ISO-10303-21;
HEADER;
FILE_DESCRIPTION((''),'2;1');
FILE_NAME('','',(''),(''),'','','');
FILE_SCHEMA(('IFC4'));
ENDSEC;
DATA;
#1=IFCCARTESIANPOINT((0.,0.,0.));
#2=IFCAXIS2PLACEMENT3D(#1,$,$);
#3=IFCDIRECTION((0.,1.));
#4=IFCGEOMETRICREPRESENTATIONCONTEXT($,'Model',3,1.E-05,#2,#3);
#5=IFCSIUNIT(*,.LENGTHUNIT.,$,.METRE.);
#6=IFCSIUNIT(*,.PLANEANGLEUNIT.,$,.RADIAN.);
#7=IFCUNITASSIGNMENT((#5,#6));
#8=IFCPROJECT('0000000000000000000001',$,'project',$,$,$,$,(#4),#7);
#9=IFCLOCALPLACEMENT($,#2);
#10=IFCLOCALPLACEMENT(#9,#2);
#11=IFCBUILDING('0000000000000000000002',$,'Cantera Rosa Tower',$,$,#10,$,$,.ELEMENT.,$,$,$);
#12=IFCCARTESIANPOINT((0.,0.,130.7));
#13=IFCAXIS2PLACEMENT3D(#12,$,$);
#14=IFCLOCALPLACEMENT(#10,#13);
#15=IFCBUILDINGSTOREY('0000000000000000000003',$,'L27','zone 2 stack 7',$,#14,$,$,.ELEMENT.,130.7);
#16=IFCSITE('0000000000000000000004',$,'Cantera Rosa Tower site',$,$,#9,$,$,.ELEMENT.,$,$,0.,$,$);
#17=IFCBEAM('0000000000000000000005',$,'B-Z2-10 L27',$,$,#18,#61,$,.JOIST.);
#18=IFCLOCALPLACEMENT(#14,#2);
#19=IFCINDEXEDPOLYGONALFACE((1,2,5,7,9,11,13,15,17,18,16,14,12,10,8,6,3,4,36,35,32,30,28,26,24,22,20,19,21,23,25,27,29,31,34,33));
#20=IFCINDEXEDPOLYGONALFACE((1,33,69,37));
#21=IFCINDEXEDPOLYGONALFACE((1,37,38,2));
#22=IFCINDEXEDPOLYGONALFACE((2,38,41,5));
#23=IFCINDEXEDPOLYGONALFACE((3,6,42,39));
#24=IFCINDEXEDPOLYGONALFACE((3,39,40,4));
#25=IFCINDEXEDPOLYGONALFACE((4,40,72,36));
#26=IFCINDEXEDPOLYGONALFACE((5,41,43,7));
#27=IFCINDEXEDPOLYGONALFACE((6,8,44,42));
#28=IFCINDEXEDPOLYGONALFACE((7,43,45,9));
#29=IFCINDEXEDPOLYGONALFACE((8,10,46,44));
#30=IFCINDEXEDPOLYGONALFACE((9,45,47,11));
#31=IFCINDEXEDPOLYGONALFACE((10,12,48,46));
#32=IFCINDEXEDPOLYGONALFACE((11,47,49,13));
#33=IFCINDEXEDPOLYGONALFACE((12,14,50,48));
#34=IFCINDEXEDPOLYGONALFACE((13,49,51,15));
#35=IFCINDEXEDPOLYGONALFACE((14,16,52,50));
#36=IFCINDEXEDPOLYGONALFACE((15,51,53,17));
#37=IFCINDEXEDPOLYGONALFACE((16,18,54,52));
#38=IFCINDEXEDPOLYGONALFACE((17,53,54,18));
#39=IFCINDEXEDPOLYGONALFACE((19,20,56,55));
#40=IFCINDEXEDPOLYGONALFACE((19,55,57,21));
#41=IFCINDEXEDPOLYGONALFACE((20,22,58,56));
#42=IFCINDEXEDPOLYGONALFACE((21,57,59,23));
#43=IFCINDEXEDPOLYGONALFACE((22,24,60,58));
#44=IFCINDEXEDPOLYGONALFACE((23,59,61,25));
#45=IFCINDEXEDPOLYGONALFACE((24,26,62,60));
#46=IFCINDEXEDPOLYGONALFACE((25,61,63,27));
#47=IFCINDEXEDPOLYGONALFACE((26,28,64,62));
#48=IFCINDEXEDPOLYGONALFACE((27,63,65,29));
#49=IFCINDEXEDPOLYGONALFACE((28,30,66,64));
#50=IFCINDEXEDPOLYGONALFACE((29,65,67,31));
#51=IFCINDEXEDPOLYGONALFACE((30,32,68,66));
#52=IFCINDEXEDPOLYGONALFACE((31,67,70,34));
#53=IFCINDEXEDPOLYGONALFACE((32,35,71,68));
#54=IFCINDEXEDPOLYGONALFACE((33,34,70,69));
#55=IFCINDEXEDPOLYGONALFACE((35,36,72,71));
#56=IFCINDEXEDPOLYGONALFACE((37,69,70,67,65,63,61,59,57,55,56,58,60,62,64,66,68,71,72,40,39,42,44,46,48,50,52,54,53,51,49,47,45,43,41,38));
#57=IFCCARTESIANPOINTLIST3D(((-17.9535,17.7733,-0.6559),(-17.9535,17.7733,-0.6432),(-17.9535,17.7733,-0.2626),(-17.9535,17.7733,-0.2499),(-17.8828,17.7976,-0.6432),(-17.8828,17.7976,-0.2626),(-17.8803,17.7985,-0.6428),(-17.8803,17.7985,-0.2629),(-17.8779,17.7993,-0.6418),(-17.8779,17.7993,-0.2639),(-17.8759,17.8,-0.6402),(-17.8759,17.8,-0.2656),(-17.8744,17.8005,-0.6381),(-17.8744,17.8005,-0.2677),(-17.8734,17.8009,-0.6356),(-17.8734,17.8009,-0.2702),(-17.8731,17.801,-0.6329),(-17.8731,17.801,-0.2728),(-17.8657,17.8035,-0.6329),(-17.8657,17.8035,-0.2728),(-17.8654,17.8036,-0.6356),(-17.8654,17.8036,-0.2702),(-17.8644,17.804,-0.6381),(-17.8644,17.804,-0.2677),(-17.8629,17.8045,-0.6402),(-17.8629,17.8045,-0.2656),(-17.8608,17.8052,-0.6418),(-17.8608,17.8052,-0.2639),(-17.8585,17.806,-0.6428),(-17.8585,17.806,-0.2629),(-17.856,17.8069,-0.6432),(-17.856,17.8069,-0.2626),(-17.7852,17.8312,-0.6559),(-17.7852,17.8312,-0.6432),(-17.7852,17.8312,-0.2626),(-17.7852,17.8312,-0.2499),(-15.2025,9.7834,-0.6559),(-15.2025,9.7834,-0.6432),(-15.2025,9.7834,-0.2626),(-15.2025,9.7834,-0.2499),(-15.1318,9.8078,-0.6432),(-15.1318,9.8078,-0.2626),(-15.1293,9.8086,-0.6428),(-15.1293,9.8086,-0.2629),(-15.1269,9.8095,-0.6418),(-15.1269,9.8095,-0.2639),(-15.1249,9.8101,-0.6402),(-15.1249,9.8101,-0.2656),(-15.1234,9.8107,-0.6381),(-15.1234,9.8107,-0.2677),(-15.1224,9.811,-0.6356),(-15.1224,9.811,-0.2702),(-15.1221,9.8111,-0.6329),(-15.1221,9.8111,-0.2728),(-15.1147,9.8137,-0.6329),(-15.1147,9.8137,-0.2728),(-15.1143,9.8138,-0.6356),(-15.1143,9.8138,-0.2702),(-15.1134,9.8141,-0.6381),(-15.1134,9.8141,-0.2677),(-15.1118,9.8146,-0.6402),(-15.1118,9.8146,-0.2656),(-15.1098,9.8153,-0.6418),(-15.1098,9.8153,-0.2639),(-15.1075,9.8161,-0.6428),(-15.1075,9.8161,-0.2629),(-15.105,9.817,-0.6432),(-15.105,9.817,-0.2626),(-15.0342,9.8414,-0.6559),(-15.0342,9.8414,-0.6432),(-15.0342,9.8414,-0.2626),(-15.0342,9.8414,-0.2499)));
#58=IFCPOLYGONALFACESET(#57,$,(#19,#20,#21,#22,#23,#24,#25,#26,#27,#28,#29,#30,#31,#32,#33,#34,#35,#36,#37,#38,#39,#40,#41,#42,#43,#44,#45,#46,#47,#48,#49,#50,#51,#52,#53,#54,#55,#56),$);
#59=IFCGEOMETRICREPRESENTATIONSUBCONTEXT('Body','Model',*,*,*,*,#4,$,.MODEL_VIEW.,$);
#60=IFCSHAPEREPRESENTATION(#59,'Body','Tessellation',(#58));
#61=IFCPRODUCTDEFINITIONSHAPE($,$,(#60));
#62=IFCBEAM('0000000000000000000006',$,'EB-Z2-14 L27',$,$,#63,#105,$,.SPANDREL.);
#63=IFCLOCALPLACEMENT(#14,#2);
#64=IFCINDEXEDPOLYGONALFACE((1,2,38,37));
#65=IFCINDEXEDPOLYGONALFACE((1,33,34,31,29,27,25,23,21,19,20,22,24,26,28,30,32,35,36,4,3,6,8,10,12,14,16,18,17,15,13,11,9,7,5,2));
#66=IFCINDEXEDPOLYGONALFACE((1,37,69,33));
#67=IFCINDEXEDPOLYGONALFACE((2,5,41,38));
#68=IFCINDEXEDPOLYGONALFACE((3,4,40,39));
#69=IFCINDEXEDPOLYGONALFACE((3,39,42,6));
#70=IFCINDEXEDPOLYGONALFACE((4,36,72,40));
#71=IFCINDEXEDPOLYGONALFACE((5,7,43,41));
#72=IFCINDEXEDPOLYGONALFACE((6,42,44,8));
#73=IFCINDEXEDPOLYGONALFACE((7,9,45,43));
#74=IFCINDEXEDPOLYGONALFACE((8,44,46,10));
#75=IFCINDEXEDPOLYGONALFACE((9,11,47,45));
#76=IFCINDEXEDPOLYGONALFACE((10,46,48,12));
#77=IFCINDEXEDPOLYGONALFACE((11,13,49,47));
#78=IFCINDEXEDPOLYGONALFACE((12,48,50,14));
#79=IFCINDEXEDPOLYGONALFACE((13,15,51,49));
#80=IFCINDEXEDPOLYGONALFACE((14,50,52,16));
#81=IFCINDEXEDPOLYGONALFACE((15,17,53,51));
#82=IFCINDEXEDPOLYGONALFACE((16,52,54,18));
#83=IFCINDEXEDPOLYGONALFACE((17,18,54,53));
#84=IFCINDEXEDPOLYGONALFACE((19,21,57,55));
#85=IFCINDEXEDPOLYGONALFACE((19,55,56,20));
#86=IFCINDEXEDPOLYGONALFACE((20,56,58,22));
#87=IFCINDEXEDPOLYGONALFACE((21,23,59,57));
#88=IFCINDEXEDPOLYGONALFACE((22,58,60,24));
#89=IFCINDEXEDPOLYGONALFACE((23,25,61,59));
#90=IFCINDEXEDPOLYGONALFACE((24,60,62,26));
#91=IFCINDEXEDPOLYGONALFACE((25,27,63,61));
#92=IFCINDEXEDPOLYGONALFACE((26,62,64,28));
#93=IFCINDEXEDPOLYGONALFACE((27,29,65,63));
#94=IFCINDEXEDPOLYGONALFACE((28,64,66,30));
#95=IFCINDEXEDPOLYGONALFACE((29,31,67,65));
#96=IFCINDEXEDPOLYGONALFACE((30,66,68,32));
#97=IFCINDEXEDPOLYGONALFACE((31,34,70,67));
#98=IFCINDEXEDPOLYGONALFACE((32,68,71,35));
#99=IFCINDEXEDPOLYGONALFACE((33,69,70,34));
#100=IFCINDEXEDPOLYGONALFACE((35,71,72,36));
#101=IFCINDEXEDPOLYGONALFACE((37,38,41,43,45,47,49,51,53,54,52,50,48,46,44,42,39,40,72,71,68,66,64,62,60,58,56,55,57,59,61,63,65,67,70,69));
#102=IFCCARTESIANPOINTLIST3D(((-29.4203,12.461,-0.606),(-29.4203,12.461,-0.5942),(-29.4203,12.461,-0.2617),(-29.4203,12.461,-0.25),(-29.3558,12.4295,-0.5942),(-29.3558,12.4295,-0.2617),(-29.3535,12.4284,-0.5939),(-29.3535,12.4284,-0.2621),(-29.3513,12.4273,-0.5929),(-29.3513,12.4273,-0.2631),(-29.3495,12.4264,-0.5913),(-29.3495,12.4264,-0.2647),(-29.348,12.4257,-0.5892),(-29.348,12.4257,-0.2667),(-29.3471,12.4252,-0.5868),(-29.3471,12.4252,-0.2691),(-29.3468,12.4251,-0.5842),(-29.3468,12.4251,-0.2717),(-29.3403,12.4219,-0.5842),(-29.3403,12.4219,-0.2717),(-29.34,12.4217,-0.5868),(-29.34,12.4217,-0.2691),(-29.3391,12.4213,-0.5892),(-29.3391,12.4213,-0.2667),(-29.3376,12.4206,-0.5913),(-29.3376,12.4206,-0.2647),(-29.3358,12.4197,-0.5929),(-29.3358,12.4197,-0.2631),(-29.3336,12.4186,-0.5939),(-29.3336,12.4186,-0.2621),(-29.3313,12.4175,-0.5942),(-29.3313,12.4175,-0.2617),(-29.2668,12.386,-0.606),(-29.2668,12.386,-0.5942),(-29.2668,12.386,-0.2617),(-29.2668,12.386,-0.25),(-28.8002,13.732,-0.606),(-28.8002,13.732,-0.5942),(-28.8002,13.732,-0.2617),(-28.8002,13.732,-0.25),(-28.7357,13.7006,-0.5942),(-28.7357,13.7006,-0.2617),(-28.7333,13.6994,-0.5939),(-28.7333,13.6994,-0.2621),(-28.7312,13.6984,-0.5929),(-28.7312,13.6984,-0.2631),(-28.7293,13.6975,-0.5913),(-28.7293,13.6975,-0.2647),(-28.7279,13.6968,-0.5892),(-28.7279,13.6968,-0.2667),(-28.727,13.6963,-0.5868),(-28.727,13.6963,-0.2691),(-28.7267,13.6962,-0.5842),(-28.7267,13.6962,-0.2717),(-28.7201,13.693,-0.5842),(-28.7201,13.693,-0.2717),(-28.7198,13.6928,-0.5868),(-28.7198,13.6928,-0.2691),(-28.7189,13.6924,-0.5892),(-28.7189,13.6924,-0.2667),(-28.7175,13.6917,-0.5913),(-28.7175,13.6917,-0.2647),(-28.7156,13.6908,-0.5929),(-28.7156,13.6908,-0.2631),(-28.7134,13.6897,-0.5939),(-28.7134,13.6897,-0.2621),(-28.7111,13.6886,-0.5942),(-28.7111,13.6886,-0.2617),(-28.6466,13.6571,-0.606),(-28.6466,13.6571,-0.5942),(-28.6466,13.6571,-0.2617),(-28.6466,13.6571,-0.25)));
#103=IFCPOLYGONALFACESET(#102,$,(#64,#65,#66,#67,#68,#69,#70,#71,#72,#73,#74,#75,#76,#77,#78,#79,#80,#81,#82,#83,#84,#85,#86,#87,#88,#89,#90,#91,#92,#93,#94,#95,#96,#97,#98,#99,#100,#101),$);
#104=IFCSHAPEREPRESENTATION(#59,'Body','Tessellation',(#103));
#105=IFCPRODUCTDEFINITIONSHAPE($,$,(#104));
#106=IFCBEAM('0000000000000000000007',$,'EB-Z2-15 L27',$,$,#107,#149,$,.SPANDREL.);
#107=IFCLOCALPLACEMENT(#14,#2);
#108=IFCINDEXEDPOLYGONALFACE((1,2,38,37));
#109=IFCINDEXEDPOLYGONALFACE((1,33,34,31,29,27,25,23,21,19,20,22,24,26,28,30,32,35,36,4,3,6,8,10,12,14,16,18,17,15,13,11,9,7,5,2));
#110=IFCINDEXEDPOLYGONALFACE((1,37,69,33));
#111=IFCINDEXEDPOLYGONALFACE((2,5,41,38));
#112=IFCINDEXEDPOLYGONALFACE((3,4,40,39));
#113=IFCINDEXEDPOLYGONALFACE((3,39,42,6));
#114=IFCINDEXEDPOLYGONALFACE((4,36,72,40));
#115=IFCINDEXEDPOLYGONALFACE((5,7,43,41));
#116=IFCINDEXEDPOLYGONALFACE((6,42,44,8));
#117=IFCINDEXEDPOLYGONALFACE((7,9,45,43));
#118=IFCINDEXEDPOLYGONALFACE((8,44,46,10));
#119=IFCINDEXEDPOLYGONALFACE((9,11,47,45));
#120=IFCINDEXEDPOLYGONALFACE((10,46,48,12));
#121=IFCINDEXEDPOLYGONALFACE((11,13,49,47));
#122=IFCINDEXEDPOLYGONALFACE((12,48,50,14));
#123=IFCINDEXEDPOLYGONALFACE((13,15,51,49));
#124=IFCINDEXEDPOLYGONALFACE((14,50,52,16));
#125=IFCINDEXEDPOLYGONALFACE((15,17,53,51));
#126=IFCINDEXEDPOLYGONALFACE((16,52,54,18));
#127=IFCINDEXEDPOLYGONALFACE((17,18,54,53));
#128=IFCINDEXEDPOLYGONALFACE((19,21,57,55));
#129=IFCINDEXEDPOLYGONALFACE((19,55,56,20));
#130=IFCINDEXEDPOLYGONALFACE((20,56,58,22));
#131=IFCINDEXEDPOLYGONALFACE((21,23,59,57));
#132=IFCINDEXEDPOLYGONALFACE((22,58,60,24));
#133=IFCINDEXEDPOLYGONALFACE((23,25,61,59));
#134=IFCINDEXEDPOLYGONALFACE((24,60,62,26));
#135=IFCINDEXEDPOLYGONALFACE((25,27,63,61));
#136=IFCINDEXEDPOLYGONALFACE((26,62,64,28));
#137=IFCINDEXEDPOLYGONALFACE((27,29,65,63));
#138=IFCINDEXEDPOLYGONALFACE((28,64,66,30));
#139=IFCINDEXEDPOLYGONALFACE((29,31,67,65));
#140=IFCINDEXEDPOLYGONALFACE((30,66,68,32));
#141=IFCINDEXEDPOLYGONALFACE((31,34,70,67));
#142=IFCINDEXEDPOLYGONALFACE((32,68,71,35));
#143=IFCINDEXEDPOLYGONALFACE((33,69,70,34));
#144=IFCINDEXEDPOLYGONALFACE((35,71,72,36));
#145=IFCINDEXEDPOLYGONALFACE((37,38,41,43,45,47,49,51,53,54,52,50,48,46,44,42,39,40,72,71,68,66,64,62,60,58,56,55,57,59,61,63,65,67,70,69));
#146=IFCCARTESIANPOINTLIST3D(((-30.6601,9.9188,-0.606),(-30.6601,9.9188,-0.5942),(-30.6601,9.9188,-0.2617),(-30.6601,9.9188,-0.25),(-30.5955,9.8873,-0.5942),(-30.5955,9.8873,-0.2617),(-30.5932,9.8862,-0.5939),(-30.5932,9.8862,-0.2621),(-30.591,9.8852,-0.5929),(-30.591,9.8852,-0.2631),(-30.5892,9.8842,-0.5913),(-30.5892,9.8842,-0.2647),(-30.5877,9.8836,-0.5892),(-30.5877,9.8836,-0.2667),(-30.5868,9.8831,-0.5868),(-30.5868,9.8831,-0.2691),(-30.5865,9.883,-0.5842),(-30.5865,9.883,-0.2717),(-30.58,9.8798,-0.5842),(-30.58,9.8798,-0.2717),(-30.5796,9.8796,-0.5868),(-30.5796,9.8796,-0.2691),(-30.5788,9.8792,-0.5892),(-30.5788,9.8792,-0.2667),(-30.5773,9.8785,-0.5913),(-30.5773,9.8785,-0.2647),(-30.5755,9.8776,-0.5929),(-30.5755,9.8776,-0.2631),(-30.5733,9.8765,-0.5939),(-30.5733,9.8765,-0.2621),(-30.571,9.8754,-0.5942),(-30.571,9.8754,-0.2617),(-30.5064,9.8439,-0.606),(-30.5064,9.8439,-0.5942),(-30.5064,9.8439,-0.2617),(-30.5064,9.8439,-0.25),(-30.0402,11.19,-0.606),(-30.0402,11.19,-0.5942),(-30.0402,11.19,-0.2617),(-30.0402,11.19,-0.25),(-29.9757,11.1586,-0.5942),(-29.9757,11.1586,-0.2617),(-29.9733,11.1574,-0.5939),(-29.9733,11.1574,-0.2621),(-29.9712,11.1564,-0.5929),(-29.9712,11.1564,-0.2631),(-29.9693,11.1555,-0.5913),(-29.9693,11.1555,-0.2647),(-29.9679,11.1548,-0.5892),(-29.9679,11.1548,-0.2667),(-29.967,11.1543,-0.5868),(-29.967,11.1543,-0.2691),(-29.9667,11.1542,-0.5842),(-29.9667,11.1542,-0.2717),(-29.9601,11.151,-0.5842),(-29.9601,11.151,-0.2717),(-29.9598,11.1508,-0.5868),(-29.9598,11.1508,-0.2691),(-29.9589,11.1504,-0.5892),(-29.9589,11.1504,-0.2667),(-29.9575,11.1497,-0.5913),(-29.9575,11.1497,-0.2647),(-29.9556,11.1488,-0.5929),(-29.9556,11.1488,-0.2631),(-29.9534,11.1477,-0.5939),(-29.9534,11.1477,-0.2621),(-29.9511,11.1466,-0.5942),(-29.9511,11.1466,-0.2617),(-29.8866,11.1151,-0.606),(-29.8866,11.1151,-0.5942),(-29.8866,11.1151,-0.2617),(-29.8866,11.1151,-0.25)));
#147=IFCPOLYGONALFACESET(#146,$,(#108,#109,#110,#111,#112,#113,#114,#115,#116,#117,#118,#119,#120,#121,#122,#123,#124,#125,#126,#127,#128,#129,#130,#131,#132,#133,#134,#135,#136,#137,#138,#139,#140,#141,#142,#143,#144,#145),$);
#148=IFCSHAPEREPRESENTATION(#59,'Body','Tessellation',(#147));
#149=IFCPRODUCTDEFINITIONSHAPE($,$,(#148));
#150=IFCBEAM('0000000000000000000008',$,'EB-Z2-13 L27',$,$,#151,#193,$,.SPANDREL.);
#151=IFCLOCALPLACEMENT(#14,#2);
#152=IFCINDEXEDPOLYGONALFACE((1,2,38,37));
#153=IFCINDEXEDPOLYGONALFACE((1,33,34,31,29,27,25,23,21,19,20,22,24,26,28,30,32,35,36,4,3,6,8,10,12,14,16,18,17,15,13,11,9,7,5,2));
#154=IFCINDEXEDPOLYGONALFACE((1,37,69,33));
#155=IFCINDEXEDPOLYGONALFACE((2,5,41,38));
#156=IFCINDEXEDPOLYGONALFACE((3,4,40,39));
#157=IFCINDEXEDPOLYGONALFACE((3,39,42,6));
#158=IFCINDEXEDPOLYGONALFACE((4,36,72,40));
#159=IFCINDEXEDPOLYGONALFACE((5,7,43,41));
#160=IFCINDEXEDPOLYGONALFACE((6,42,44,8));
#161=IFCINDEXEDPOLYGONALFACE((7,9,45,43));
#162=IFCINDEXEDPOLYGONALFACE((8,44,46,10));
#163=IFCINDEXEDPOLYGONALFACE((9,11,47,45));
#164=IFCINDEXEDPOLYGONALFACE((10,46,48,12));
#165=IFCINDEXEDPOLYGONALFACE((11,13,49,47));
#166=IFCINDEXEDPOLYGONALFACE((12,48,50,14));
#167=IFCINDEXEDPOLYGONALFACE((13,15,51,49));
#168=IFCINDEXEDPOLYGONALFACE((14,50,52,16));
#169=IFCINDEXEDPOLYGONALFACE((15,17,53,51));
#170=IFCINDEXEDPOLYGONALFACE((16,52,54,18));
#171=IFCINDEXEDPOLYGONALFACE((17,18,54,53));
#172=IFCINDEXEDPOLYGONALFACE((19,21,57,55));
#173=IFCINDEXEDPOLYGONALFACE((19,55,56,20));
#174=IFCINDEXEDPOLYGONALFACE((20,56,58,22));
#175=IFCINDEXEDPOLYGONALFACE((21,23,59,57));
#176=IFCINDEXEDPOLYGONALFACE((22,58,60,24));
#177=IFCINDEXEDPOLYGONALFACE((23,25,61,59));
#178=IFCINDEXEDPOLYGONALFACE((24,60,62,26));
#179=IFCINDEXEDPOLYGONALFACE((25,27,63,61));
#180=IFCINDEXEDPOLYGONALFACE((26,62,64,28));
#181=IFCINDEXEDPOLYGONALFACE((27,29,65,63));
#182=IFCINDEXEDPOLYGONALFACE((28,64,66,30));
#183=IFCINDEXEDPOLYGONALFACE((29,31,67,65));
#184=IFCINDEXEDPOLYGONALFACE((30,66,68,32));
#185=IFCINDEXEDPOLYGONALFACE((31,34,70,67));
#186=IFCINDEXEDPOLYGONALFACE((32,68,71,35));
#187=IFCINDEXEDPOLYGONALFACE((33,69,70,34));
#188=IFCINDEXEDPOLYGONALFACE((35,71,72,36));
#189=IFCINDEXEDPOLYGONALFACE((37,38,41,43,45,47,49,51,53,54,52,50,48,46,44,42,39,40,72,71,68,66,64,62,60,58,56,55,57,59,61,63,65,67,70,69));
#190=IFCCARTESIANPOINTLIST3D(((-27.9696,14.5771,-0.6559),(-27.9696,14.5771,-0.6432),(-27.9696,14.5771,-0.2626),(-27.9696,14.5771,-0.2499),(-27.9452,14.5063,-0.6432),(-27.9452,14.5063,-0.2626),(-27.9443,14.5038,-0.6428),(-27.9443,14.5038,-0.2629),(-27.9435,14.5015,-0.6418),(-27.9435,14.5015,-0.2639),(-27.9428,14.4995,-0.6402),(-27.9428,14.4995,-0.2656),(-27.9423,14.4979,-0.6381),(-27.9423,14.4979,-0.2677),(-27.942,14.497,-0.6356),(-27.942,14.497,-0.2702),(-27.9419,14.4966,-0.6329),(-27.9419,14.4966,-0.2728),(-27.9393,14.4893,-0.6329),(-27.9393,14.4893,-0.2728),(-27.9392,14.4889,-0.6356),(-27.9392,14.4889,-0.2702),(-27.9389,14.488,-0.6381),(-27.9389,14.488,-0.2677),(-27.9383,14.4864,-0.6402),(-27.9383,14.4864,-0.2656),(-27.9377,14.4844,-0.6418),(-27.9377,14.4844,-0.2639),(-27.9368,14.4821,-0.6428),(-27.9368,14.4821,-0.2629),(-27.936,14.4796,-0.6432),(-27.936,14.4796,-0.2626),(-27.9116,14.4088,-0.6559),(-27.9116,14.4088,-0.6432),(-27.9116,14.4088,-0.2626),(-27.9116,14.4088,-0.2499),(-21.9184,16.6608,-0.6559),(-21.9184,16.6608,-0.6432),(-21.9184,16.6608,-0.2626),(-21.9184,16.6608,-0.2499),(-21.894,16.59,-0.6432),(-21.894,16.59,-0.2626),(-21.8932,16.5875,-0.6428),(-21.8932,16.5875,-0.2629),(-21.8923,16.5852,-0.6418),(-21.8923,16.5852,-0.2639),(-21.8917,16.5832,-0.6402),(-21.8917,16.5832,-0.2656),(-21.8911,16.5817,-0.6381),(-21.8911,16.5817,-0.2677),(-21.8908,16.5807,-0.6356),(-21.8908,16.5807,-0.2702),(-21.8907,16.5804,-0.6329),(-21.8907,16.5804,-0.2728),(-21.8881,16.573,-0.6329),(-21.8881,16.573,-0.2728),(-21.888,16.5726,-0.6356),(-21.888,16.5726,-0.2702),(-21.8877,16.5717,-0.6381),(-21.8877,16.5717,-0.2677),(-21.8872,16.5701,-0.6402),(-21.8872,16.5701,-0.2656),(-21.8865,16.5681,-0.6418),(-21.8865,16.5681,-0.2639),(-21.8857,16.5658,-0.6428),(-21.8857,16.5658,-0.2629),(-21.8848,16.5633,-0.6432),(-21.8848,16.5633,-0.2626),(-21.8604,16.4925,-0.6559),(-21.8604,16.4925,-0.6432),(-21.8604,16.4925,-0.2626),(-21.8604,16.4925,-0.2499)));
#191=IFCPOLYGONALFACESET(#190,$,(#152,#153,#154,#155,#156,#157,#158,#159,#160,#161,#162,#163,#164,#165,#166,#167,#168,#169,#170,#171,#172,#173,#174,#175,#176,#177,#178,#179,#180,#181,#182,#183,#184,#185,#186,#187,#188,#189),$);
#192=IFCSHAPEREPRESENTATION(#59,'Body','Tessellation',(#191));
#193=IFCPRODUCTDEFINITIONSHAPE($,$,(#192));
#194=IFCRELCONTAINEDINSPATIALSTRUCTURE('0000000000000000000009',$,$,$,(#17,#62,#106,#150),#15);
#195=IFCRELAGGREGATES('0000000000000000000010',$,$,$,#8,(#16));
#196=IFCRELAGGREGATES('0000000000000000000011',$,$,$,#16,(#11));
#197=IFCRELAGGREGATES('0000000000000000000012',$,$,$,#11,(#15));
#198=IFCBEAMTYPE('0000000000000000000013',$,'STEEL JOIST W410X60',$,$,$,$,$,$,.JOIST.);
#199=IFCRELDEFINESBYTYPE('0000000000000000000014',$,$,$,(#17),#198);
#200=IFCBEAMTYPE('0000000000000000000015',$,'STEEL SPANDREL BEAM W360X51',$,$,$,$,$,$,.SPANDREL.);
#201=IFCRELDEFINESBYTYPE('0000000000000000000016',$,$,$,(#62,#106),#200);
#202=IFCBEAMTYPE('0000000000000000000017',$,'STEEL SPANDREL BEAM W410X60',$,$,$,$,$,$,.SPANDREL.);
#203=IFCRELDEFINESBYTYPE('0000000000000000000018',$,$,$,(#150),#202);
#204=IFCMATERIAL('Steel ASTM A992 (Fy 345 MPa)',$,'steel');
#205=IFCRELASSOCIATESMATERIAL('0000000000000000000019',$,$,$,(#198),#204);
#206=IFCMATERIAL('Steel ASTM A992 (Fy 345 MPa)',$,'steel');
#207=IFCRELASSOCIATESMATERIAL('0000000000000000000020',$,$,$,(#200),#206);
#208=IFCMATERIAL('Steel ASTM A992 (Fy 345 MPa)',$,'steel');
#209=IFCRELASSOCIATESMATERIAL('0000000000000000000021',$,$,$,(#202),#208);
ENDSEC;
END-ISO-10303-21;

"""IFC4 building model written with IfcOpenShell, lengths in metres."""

from ifc_helpers import new_model, si_unit, direction, frame, origin, origin_2d, place, context, subcontext, project, spatial, i_section, extrude, material, material_profile, profile_set, type_object, element, save


model = new_model("IFC4")

# Units and contexts
model_context = context("Model", 3, precision=1e-05, world=origin(), true_north=direction((0.0, 1.0)))
body_context = subcontext(model_context, "Body", "Model", "MODEL_VIEW")
ifc_project = project(units=[si_unit("LENGTHUNIT", "METRE"), si_unit("PLANEANGLEUNIT", "RADIAN")], contexts=[model_context])

# Site, building, storey
site_placement = place(None, origin())
site = spatial("IfcSite", under=ifc_project, at=site_placement, Name="Cantera Rosa Tower site", CompositionType="ELEMENT", RefElevation=0.0)
building_placement = place(site_placement, origin())
building = spatial("IfcBuilding", under=site, at=building_placement, Name="Cantera Rosa Tower", CompositionType="ELEMENT")
storey_placement = place(building_placement, frame((0.0, 0.0, 130.7)))
storey = spatial("IfcBuildingStorey", under=building, at=storey_placement, Name="L27", Description="zone 2 stack 7", CompositionType="ELEMENT", Elevation=130.7)

# Beams
ifc_material_1 = material(Name="Steel ASTM A992 (Fy 345 MPa)", Category="steel")
ifc_material_profile_1 = material_profile(ifc_material_1, i_section(OverallWidth=0.178, OverallDepth=0.406, WebThickness=0.0078, FlangeThickness=0.0127, FilletRadius=0.0103, at=origin_2d()), Name="W410X60")
ifc_profile_set_1 = profile_set([ifc_material_profile_1], Name="Steel ASTM A992 (Fy 345 MPa)")
beam_type_1 = type_object("IfcBeamType", Name="STEEL JOIST W410X60", PredefinedType="JOIST", material=ifc_profile_set_1)
beam_1_placement = place(storey_placement, frame((-17.8694, 17.8022, -0.4529), z_axis=(0.325556, -0.945523, 0.0), x_axis=(0.945523, 0.325556, 0.0)))
element("IfcBeam", 1, at=beam_1_placement, inside=storey, type_object=beam_type_1, Name="B-Z2-10 L27", PredefinedType="JOIST", context=body_context, shape_type="SweptSolid", body=[
    extrude(i_section(OverallWidth=0.178, OverallDepth=0.406, WebThickness=0.0078, FlangeThickness=0.0127, FilletRadius=0.0103, at=origin_2d()), origin(), (0.0, 0.0, 1.0), 8.4502),
])
ifc_material_2 = material(Name="Steel ASTM A992 (Fy 345 MPa)", Category="steel")
ifc_material_profile_2 = material_profile(ifc_material_2, i_section(OverallWidth=0.1709, OverallDepth=0.356, WebThickness=0.0073, FlangeThickness=0.0117, FilletRadius=0.01, at=origin_2d()), Name="W360X51")
ifc_profile_set_2 = profile_set([ifc_material_profile_2], Name="Steel ASTM A992 (Fy 345 MPa)")
beam_type_2 = type_object("IfcBeamType", Name="STEEL SPANDREL BEAM W360X51", PredefinedType="SPANDREL", material=ifc_profile_set_2)
for number, where, z_axis, x_axis, name in (
    (2, (-28.7234, 13.6946, -0.428), (-0.438492, -0.898735, 0.0), (0.898735, -0.438492, 0.0), "EB-Z2-14 L27"),
    (3, (-29.9634, 11.1526, -0.428), (-0.438284, -0.898836, 0.0), (0.898836, -0.438284, 0.0), "EB-Z2-15 L27"),
):
    element("IfcBeam", number, at=place(storey_placement, frame(where, z_axis=z_axis, x_axis=x_axis)), inside=storey, type_object=beam_type_2, Name=name, PredefinedType="SPANDREL", context=body_context, shape_type="SweptSolid", body=[
        extrude(i_section(OverallWidth=0.1709, OverallDepth=0.356, WebThickness=0.0073, FlangeThickness=0.0117, FilletRadius=0.01, at=origin_2d()), origin(), (0.0, 0.0, 1.0), 1.4143),
    ])
ifc_material_3 = material(Name="Steel ASTM A992 (Fy 345 MPa)", Category="steel")
ifc_material_profile_3 = material_profile(ifc_material_3, i_section(OverallWidth=0.178, OverallDepth=0.406, WebThickness=0.0078, FlangeThickness=0.0127, FilletRadius=0.0103, at=origin_2d()), Name="W410X60")
ifc_profile_set_3 = profile_set([ifc_material_profile_3], Name="Steel ASTM A992 (Fy 345 MPa)")
beam_type_3 = type_object("IfcBeamType", Name="STEEL SPANDREL BEAM W410X60", PredefinedType="SPANDREL", material=ifc_profile_set_3)
beam_2_placement = place(storey_placement, frame((-21.8894, 16.5767, -0.4529), z_axis=(-0.945513, -0.325585, 0.0), x_axis=(0.325585, -0.945513, 0.0)))
element("IfcBeam", 4, at=beam_2_placement, inside=storey, type_object=beam_type_3, Name="EB-Z2-13 L27", PredefinedType="SPANDREL", context=body_context, shape_type="SweptSolid", body=[
    extrude(i_section(OverallWidth=0.178, OverallDepth=0.406, WebThickness=0.0078, FlangeThickness=0.0127, FilletRadius=0.0103, at=origin_2d()), origin(), (0.0, 0.0, 1.0), 6.3999),
])

save(model, "model.ifc")
